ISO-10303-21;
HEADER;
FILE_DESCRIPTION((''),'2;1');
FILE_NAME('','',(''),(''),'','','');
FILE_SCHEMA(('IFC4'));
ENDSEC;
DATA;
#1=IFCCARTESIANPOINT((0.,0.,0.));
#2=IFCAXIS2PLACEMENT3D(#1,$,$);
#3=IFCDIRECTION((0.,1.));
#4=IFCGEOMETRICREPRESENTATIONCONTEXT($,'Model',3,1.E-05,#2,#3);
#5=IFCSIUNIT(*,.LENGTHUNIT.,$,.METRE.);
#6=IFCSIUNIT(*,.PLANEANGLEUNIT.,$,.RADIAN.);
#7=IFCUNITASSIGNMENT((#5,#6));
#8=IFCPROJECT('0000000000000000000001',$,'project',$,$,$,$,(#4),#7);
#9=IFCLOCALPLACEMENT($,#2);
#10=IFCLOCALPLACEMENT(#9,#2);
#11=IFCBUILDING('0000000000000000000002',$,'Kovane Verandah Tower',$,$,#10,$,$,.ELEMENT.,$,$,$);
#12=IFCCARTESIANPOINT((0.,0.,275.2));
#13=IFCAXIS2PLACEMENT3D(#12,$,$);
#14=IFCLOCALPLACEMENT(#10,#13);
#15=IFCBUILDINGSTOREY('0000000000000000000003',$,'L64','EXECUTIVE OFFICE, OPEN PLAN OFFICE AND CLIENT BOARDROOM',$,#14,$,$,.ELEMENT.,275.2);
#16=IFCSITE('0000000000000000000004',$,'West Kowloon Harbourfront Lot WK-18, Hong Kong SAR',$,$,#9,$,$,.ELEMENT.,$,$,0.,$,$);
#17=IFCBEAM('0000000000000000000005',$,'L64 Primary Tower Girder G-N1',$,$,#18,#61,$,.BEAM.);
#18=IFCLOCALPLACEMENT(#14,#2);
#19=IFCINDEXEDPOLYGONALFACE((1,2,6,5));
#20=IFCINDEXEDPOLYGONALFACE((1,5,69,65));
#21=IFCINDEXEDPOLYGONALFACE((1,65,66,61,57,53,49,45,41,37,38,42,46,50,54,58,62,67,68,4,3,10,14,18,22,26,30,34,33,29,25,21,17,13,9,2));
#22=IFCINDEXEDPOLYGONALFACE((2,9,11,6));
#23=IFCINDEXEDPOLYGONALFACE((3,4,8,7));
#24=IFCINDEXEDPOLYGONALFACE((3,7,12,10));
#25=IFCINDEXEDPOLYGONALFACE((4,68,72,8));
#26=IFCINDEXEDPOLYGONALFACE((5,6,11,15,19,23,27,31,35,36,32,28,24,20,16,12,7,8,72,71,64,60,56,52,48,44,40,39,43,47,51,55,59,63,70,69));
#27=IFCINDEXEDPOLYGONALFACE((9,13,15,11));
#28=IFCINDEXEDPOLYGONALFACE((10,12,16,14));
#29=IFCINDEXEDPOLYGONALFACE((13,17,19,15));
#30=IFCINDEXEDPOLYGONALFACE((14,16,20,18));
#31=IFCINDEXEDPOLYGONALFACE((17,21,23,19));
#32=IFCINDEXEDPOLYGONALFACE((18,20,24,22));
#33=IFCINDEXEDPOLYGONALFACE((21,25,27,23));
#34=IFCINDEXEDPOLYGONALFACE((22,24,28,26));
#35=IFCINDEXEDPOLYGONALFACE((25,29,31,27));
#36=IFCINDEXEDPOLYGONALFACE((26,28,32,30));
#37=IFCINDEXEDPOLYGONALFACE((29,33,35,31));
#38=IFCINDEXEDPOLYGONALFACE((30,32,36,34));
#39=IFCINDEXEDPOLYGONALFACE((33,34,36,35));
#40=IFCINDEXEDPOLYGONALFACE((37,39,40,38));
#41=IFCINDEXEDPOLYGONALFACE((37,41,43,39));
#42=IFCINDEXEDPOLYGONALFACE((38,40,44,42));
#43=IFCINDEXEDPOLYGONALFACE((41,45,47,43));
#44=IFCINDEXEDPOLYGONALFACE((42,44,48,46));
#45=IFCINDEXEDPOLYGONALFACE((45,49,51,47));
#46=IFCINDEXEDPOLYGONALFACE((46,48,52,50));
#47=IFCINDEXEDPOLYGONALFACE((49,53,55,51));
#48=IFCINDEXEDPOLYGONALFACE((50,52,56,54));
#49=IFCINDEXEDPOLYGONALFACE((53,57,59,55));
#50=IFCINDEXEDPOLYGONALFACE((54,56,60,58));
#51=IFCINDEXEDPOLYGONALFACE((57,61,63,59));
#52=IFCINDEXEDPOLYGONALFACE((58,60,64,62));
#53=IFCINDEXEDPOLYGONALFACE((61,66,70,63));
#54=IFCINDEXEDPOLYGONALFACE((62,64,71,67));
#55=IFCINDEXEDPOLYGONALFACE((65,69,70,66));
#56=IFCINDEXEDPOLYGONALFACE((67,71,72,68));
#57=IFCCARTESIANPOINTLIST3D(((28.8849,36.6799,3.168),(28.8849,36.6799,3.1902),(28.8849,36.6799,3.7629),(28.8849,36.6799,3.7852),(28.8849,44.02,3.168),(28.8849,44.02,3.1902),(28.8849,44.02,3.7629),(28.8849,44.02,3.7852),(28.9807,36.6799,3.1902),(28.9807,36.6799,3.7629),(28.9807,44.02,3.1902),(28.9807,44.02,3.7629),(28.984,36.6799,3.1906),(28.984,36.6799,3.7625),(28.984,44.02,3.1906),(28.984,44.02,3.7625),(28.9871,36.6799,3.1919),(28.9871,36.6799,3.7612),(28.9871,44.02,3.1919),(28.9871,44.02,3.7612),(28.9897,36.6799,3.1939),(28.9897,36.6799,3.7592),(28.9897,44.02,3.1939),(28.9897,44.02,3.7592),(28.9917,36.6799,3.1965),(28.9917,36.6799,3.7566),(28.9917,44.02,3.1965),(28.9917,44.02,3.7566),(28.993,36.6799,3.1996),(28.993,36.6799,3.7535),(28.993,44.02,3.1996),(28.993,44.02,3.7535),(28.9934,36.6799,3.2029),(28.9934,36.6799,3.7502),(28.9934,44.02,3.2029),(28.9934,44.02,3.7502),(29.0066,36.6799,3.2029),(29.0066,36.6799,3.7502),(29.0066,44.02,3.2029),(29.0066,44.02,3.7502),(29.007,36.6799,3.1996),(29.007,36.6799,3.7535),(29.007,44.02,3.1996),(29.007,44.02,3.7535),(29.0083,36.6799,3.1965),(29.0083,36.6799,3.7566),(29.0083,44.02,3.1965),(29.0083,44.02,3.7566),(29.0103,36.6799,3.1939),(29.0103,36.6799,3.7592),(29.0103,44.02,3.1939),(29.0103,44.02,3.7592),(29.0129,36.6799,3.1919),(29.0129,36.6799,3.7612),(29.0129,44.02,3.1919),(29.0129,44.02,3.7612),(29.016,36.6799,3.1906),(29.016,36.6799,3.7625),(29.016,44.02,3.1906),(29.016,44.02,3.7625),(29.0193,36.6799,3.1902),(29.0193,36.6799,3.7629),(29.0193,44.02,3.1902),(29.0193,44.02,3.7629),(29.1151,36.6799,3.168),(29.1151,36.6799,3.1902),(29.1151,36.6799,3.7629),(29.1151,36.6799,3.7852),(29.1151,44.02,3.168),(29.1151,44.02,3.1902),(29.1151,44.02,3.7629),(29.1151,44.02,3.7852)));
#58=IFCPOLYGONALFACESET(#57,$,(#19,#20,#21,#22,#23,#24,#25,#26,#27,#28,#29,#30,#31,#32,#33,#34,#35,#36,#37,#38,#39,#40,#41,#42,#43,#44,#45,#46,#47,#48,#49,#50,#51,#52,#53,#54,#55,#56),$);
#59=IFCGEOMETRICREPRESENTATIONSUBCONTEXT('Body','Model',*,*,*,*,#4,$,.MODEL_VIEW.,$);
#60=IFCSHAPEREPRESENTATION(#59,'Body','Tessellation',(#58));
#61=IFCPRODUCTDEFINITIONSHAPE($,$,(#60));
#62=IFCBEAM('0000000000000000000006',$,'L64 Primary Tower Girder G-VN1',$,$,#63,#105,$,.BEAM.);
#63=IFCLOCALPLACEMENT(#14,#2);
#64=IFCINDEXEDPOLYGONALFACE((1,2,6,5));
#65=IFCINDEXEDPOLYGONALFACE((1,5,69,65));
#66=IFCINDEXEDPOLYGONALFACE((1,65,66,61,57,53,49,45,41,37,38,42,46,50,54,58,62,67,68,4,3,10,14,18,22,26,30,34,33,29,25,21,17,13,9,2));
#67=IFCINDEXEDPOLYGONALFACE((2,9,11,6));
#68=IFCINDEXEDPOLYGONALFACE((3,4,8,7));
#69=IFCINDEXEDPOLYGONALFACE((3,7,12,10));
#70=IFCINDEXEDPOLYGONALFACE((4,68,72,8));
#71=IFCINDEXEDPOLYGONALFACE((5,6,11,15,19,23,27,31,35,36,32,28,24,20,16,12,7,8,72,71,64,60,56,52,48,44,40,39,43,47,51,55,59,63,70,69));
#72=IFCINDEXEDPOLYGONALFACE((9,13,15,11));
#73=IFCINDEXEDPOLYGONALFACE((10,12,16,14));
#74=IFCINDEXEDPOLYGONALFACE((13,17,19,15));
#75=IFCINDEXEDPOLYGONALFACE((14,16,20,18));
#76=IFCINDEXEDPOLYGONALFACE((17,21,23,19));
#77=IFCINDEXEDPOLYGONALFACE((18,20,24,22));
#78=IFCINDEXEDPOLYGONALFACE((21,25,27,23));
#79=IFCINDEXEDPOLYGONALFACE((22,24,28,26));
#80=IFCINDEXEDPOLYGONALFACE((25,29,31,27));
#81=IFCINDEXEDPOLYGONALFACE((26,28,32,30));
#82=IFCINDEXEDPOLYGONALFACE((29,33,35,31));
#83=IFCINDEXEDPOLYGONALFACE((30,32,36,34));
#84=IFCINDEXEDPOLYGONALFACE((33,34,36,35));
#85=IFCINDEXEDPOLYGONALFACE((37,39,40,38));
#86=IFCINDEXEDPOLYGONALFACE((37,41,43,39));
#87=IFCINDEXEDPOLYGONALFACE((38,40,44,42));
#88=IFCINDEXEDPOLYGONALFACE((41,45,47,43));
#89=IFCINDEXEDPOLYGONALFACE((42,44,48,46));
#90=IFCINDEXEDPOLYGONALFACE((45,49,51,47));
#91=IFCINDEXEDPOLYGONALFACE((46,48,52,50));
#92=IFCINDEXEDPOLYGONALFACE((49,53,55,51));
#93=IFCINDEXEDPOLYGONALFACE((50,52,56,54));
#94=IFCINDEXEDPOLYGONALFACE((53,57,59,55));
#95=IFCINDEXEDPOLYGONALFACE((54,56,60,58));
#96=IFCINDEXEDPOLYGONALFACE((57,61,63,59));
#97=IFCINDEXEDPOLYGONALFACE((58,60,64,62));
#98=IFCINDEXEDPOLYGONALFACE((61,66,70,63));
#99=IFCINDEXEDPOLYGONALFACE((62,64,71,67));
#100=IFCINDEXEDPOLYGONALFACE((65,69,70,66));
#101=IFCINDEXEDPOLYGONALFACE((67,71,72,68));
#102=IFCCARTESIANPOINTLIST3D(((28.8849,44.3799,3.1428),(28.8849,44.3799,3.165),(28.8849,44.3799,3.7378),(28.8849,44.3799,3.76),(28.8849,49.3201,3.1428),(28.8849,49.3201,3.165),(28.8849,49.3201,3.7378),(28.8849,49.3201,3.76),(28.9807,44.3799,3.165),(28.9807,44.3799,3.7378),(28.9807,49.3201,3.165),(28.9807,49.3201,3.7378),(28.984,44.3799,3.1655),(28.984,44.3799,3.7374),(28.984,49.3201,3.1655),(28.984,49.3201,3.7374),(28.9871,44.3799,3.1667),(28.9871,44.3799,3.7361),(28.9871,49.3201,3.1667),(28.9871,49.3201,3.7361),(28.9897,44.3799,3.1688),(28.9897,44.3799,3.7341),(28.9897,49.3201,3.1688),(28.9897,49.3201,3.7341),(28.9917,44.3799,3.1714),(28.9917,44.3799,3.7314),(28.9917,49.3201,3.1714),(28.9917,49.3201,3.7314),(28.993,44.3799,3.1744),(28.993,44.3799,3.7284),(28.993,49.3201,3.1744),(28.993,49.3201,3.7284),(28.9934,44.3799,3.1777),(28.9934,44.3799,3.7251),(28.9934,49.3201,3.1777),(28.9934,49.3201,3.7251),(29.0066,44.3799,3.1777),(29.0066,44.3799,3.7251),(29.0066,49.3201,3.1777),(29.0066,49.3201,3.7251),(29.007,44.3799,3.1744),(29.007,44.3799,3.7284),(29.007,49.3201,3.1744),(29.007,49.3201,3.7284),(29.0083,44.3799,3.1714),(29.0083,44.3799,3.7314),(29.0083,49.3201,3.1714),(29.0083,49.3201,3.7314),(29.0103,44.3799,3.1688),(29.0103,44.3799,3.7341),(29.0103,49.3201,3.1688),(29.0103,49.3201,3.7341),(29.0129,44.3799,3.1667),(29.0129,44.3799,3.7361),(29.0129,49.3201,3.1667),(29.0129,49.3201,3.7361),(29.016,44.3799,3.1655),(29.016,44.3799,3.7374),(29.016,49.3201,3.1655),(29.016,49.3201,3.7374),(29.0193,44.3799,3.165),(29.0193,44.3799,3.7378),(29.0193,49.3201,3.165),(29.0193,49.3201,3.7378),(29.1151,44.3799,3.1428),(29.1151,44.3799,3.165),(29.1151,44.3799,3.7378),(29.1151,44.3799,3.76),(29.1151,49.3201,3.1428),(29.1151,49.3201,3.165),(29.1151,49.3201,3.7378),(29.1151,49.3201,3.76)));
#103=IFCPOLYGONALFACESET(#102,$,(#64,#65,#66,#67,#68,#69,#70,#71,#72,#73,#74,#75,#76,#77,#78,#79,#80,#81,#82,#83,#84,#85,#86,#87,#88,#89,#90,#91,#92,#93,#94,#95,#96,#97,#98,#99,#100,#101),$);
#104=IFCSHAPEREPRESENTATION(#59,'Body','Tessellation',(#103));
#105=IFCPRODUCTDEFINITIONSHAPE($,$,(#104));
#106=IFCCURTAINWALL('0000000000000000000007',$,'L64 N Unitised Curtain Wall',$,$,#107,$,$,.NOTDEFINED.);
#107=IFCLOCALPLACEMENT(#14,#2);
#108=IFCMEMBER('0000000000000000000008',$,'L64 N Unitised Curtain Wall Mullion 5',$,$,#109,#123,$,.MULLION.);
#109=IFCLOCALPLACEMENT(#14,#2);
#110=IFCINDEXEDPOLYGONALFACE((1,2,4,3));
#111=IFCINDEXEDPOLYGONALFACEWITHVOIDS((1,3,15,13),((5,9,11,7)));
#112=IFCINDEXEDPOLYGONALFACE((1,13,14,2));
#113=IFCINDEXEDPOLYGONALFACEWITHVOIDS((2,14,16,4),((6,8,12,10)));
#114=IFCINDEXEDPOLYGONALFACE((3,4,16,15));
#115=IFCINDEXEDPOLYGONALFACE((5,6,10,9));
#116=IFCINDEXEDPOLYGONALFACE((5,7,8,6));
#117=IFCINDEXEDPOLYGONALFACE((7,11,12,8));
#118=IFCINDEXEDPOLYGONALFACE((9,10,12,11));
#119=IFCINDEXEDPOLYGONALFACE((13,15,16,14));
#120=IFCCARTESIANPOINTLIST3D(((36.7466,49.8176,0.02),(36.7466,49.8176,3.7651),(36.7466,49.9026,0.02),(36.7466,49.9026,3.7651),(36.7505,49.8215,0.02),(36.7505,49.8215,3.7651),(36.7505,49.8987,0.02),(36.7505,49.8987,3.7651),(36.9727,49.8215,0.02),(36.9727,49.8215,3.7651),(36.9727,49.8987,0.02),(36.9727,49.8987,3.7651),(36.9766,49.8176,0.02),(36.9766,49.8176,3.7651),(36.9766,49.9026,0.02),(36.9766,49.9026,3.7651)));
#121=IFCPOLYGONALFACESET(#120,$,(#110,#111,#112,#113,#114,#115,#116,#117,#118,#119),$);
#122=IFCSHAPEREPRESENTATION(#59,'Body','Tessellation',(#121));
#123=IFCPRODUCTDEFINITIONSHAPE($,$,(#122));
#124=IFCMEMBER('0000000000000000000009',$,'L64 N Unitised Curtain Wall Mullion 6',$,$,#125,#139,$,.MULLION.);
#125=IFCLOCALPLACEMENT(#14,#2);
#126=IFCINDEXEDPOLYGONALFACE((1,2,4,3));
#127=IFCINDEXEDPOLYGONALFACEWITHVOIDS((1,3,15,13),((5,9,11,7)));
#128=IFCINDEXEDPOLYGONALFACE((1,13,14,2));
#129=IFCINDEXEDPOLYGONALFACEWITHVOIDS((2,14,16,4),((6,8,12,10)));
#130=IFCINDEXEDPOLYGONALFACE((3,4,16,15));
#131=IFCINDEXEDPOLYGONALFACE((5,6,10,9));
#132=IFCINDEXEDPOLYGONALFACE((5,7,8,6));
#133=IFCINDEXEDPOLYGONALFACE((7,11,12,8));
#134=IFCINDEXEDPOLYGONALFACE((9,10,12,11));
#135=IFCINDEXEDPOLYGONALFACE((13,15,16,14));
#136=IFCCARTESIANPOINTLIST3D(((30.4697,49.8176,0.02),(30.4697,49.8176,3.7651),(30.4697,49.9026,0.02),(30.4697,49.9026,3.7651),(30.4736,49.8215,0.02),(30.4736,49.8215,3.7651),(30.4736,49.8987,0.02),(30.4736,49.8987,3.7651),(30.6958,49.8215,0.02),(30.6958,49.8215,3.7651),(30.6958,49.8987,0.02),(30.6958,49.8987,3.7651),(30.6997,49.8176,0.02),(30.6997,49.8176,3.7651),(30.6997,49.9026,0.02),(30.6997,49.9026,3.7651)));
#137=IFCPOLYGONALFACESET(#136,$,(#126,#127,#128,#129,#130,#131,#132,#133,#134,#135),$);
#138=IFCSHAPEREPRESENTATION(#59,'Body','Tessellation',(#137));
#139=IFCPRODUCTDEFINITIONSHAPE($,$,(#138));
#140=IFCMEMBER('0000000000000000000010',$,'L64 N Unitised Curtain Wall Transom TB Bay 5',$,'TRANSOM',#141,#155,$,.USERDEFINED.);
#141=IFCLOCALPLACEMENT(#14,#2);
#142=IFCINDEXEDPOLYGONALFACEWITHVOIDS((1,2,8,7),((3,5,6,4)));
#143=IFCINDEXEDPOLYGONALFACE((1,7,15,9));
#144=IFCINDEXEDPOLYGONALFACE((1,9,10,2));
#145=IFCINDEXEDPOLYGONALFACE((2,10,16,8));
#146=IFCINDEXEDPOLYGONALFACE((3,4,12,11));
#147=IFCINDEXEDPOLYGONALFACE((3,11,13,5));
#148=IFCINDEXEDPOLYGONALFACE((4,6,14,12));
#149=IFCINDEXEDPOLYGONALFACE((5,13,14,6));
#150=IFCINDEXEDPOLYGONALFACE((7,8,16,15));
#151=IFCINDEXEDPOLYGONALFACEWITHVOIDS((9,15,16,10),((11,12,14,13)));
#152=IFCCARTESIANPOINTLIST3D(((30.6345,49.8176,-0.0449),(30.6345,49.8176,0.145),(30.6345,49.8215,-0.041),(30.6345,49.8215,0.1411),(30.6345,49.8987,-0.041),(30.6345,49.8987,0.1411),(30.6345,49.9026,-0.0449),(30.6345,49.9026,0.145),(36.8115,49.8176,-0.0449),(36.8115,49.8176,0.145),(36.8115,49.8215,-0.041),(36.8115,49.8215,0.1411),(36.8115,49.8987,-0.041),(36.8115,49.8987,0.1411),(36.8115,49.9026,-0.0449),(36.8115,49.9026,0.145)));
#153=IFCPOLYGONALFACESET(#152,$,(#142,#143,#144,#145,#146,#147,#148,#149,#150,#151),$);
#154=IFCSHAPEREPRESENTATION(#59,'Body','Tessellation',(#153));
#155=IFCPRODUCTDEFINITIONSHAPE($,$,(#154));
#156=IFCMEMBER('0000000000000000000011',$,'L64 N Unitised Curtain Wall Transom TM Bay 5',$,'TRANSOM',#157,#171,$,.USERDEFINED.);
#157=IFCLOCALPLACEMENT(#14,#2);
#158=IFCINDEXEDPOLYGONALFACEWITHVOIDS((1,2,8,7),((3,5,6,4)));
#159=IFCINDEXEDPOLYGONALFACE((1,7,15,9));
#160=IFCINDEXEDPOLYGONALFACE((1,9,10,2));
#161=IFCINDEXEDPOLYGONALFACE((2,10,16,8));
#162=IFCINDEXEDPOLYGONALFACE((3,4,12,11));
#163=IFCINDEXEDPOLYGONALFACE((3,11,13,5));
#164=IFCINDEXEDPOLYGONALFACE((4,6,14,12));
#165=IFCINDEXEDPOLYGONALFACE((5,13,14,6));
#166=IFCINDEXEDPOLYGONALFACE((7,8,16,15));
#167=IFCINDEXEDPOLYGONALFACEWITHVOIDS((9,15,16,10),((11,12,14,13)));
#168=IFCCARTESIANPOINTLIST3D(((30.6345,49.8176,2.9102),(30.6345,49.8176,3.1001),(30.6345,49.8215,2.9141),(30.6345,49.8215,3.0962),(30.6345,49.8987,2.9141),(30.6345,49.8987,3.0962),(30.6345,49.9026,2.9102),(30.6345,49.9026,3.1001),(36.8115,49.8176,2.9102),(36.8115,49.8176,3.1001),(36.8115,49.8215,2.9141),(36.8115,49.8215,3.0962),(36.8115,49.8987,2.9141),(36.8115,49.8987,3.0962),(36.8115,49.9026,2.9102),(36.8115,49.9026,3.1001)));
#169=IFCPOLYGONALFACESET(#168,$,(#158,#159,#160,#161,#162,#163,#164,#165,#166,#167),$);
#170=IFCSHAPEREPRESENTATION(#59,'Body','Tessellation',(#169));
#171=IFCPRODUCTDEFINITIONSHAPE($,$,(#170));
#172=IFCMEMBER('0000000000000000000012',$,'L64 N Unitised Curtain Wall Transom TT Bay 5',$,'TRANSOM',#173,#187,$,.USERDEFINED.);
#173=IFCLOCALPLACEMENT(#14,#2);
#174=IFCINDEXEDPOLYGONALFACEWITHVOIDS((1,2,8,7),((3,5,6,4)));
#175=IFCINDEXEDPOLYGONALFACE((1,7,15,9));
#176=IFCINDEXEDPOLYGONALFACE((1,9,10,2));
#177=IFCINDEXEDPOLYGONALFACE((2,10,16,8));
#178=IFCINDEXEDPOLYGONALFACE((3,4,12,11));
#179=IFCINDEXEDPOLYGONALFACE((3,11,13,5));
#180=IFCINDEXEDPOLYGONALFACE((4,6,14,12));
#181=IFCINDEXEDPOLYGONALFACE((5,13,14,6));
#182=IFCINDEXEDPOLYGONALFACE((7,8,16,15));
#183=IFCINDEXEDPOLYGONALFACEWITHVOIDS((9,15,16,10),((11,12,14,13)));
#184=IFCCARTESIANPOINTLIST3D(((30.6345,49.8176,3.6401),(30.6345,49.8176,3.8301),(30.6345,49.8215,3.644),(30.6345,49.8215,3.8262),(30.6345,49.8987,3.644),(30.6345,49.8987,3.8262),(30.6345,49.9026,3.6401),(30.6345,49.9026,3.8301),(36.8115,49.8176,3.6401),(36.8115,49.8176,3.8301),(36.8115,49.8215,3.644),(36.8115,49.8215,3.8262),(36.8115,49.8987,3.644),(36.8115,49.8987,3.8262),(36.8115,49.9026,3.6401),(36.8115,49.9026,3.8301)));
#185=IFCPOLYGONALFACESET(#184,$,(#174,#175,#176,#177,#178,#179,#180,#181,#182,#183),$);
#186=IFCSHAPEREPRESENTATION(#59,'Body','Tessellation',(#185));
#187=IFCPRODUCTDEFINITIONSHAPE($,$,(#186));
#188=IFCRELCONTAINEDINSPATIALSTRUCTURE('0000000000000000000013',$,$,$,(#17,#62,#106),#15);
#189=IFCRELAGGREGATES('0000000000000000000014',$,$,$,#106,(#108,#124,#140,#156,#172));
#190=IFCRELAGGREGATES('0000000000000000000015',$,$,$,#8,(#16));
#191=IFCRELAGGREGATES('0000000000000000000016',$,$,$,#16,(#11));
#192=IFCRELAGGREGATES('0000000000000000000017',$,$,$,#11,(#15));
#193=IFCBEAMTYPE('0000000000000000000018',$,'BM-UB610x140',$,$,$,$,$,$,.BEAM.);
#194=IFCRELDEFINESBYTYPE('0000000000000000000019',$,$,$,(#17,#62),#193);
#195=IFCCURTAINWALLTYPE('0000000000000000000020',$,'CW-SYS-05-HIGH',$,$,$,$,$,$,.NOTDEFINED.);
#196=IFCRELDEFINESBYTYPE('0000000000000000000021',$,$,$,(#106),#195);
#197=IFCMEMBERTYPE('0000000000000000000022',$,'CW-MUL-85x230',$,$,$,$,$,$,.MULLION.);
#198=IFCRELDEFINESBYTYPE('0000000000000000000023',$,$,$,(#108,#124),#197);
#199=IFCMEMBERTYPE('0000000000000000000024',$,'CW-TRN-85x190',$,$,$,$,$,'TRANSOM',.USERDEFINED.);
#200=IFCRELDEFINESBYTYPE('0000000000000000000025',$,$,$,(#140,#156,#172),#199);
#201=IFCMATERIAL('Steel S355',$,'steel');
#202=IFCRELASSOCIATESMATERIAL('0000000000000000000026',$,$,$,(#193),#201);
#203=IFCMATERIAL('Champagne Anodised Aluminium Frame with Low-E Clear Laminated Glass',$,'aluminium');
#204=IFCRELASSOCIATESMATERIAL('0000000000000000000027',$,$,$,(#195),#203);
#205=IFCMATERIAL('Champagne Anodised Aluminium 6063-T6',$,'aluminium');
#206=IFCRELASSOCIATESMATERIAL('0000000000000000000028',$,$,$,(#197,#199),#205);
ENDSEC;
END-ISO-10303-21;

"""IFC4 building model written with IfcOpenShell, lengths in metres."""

from ifc_helpers import new_model, si_unit, direction, frame, origin, origin_2d, place, context, subcontext, project, spatial, hollow_rectangle, i_section, extrude, material, material_profile, profile_set, type_object, element, aggregate, save


model = new_model("IFC4")

# Units and contexts
model_context = context("Model", 3, precision=1e-05, world=origin(), true_north=direction((0.0, 1.0)))
body_context = subcontext(model_context, "Body", "Model", "MODEL_VIEW")
ifc_project = project(units=[si_unit("LENGTHUNIT", "METRE"), si_unit("PLANEANGLEUNIT", "RADIAN")], contexts=[model_context])

# Site, building, storey
site_placement = place(None, origin())
site = spatial("IfcSite", under=ifc_project, at=site_placement, Name="West Kowloon Harbourfront Lot WK-18, Hong Kong SAR", CompositionType="ELEMENT", RefElevation=0.0)
building_placement = place(site_placement, origin())
building = spatial("IfcBuilding", under=site, at=building_placement, Name="Kovane Verandah Tower", CompositionType="ELEMENT")
storey_placement = place(building_placement, frame((0.0, 0.0, 275.2)))
storey = spatial("IfcBuildingStorey", under=building, at=storey_placement, Name="L64", Description="EXECUTIVE OFFICE, OPEN PLAN OFFICE AND CLIENT BOARDROOM", CompositionType="ELEMENT", Elevation=275.2)

# Beams
ifc_material_1 = material(Name="Steel S355", Category="steel")
ifc_material_profile_1 = material_profile(ifc_material_1, i_section(OverallWidth=0.2302, OverallDepth=0.6172, WebThickness=0.0132, FlangeThickness=0.0222, FilletRadius=0.0127, at=origin_2d()), Name="UB610x229x140")
ifc_profile_set_1 = profile_set([ifc_material_profile_1], Name="Steel S355")
beam_type_1 = type_object("IfcBeamType", Name="BM-UB610x140", PredefinedType="BEAM", material=ifc_profile_set_1)
beam_1_placement = place(storey_placement, frame((29.0, 36.6799, 3.4766), z_axis=(0.0, 1.0, 0.0), x_axis=(-1.0, 0.0, 0.0)))
element("IfcBeam", 1, at=beam_1_placement, inside=storey, type_object=beam_type_1, Name="L64 Primary Tower Girder G-N1", PredefinedType="BEAM", context=body_context, shape_type="SweptSolid", body=[
    extrude(i_section(OverallWidth=0.2302, OverallDepth=0.6172, WebThickness=0.0132, FlangeThickness=0.0222, FilletRadius=0.0127, at=origin_2d()), origin(), (0.0, 0.0, 1.0), 7.3401),
])
beam_2_placement = place(storey_placement, frame((29.0, 44.3799, 3.4514), z_axis=(0.0, 1.0, 0.0), x_axis=(-1.0, 0.0, 0.0)))
element("IfcBeam", 2, at=beam_2_placement, inside=storey, type_object=beam_type_1, Name="L64 Primary Tower Girder G-VN1", PredefinedType="BEAM", context=body_context, shape_type="SweptSolid", body=[
    extrude(i_section(OverallWidth=0.2302, OverallDepth=0.6172, WebThickness=0.0132, FlangeThickness=0.0222, FilletRadius=0.0127, at=origin_2d()), origin(), (0.0, 0.0, 1.0), 4.9402),
])

# Curtain wall, members
ifc_material_2 = material(Name="Champagne Anodised Aluminium Frame with Low-E Clear Laminated Glass", Category="aluminium")
curtain_wall_type = type_object("IfcCurtainWallType", Name="CW-SYS-05-HIGH", PredefinedType="NOTDEFINED", material=ifc_material_2)
curtain_wall_placement = place(storey_placement, origin())
curtain_wall = element("IfcCurtainWall", 3, at=curtain_wall_placement, inside=storey, type_object=curtain_wall_type, Name="L64 N Unitised Curtain Wall", PredefinedType="NOTDEFINED")
ifc_material_3 = material(Name="Champagne Anodised Aluminium 6063-T6", Category="aluminium")
ifc_material_profile_2 = material_profile(ifc_material_3, hollow_rectangle(XDim=0.085, YDim=0.23, WallThickness=0.0039, at=origin_2d()), Name="AL85x230x4")
ifc_profile_set_2 = profile_set([ifc_material_profile_2], Name="Champagne Anodised Aluminium 6063-T6")
member_type_1 = type_object("IfcMemberType", Name="CW-MUL-85x230", PredefinedType="MULLION", material=ifc_profile_set_2)
member_1_placement = place(storey_placement, frame((36.8616, 49.8601, 0.02), z_axis=(0.0, 0.0, 1.0), x_axis=(0.0, 1.0, 0.0)))
member_1 = element("IfcMember", 4, at=member_1_placement, type_object=member_type_1, Name="L64 N Unitised Curtain Wall Mullion 5", PredefinedType="MULLION", context=body_context, shape_type="SweptSolid", body=[
    extrude(hollow_rectangle(XDim=0.085, YDim=0.23, WallThickness=0.0039, at=origin_2d()), origin(), (0.0, 0.0, 1.0), 3.7451),
])
member_2_placement = place(storey_placement, frame((30.5847, 49.8601, 0.02), z_axis=(0.0, 0.0, 1.0), x_axis=(0.0, 1.0, 0.0)))
member_2 = element("IfcMember", 5, at=member_2_placement, type_object=member_type_1, Name="L64 N Unitised Curtain Wall Mullion 6", PredefinedType="MULLION", context=body_context, shape_type="SweptSolid", body=[
    extrude(hollow_rectangle(XDim=0.085, YDim=0.23, WallThickness=0.0039, at=origin_2d()), origin(), (0.0, 0.0, 1.0), 3.7451),
])
ifc_material_profile_3 = material_profile(ifc_material_3, hollow_rectangle(XDim=0.085, YDim=0.1899, WallThickness=0.0039, at=origin_2d()), Name="AL85x190x4")
ifc_profile_set_3 = profile_set([ifc_material_profile_3], Name="Champagne Anodised Aluminium 6063-T6")
member_type_2 = type_object("IfcMemberType", Name="CW-TRN-85x190", ElementType="TRANSOM", PredefinedType="USERDEFINED", material=ifc_profile_set_3)
member_3_placement = place(storey_placement, frame((36.8115, 49.8601, 0.05), z_axis=(-1.0, 0.0, 0.0), x_axis=(0.0, -1.0, 0.0)))
member_3 = element("IfcMember", 6, at=member_3_placement, type_object=member_type_2, Name="L64 N Unitised Curtain Wall Transom TB Bay 5", ObjectType="TRANSOM", PredefinedType="USERDEFINED", context=body_context, shape_type="SweptSolid", body=[
    extrude(hollow_rectangle(XDim=0.085, YDim=0.1899, WallThickness=0.0039, at=origin_2d()), origin(), (0.0, 0.0, 1.0), 6.177),
])
member_4_placement = place(storey_placement, frame((36.8115, 49.8601, 3.0051), z_axis=(-1.0, 0.0, 0.0), x_axis=(0.0, -1.0, 0.0)))
member_4 = element("IfcMember", 7, at=member_4_placement, type_object=member_type_2, Name="L64 N Unitised Curtain Wall Transom TM Bay 5", ObjectType="TRANSOM", PredefinedType="USERDEFINED", context=body_context, shape_type="SweptSolid", body=[
    extrude(hollow_rectangle(XDim=0.085, YDim=0.1899, WallThickness=0.0039, at=origin_2d()), origin(), (0.0, 0.0, 1.0), 6.177),
])
member_5_placement = place(storey_placement, frame((36.8115, 49.8601, 3.7351), z_axis=(-1.0, 0.0, 0.0), x_axis=(0.0, -1.0, 0.0)))
member_5 = element("IfcMember", 8, at=member_5_placement, type_object=member_type_2, Name="L64 N Unitised Curtain Wall Transom TT Bay 5", ObjectType="TRANSOM", PredefinedType="USERDEFINED", context=body_context, shape_type="SweptSolid", body=[
    extrude(hollow_rectangle(XDim=0.085, YDim=0.1899, WallThickness=0.0039, at=origin_2d()), origin(), (0.0, 0.0, 1.0), 6.177),
])

aggregate(curtain_wall, [member_1, member_2, member_3, member_4, member_5])

save(model, "model.ifc")
